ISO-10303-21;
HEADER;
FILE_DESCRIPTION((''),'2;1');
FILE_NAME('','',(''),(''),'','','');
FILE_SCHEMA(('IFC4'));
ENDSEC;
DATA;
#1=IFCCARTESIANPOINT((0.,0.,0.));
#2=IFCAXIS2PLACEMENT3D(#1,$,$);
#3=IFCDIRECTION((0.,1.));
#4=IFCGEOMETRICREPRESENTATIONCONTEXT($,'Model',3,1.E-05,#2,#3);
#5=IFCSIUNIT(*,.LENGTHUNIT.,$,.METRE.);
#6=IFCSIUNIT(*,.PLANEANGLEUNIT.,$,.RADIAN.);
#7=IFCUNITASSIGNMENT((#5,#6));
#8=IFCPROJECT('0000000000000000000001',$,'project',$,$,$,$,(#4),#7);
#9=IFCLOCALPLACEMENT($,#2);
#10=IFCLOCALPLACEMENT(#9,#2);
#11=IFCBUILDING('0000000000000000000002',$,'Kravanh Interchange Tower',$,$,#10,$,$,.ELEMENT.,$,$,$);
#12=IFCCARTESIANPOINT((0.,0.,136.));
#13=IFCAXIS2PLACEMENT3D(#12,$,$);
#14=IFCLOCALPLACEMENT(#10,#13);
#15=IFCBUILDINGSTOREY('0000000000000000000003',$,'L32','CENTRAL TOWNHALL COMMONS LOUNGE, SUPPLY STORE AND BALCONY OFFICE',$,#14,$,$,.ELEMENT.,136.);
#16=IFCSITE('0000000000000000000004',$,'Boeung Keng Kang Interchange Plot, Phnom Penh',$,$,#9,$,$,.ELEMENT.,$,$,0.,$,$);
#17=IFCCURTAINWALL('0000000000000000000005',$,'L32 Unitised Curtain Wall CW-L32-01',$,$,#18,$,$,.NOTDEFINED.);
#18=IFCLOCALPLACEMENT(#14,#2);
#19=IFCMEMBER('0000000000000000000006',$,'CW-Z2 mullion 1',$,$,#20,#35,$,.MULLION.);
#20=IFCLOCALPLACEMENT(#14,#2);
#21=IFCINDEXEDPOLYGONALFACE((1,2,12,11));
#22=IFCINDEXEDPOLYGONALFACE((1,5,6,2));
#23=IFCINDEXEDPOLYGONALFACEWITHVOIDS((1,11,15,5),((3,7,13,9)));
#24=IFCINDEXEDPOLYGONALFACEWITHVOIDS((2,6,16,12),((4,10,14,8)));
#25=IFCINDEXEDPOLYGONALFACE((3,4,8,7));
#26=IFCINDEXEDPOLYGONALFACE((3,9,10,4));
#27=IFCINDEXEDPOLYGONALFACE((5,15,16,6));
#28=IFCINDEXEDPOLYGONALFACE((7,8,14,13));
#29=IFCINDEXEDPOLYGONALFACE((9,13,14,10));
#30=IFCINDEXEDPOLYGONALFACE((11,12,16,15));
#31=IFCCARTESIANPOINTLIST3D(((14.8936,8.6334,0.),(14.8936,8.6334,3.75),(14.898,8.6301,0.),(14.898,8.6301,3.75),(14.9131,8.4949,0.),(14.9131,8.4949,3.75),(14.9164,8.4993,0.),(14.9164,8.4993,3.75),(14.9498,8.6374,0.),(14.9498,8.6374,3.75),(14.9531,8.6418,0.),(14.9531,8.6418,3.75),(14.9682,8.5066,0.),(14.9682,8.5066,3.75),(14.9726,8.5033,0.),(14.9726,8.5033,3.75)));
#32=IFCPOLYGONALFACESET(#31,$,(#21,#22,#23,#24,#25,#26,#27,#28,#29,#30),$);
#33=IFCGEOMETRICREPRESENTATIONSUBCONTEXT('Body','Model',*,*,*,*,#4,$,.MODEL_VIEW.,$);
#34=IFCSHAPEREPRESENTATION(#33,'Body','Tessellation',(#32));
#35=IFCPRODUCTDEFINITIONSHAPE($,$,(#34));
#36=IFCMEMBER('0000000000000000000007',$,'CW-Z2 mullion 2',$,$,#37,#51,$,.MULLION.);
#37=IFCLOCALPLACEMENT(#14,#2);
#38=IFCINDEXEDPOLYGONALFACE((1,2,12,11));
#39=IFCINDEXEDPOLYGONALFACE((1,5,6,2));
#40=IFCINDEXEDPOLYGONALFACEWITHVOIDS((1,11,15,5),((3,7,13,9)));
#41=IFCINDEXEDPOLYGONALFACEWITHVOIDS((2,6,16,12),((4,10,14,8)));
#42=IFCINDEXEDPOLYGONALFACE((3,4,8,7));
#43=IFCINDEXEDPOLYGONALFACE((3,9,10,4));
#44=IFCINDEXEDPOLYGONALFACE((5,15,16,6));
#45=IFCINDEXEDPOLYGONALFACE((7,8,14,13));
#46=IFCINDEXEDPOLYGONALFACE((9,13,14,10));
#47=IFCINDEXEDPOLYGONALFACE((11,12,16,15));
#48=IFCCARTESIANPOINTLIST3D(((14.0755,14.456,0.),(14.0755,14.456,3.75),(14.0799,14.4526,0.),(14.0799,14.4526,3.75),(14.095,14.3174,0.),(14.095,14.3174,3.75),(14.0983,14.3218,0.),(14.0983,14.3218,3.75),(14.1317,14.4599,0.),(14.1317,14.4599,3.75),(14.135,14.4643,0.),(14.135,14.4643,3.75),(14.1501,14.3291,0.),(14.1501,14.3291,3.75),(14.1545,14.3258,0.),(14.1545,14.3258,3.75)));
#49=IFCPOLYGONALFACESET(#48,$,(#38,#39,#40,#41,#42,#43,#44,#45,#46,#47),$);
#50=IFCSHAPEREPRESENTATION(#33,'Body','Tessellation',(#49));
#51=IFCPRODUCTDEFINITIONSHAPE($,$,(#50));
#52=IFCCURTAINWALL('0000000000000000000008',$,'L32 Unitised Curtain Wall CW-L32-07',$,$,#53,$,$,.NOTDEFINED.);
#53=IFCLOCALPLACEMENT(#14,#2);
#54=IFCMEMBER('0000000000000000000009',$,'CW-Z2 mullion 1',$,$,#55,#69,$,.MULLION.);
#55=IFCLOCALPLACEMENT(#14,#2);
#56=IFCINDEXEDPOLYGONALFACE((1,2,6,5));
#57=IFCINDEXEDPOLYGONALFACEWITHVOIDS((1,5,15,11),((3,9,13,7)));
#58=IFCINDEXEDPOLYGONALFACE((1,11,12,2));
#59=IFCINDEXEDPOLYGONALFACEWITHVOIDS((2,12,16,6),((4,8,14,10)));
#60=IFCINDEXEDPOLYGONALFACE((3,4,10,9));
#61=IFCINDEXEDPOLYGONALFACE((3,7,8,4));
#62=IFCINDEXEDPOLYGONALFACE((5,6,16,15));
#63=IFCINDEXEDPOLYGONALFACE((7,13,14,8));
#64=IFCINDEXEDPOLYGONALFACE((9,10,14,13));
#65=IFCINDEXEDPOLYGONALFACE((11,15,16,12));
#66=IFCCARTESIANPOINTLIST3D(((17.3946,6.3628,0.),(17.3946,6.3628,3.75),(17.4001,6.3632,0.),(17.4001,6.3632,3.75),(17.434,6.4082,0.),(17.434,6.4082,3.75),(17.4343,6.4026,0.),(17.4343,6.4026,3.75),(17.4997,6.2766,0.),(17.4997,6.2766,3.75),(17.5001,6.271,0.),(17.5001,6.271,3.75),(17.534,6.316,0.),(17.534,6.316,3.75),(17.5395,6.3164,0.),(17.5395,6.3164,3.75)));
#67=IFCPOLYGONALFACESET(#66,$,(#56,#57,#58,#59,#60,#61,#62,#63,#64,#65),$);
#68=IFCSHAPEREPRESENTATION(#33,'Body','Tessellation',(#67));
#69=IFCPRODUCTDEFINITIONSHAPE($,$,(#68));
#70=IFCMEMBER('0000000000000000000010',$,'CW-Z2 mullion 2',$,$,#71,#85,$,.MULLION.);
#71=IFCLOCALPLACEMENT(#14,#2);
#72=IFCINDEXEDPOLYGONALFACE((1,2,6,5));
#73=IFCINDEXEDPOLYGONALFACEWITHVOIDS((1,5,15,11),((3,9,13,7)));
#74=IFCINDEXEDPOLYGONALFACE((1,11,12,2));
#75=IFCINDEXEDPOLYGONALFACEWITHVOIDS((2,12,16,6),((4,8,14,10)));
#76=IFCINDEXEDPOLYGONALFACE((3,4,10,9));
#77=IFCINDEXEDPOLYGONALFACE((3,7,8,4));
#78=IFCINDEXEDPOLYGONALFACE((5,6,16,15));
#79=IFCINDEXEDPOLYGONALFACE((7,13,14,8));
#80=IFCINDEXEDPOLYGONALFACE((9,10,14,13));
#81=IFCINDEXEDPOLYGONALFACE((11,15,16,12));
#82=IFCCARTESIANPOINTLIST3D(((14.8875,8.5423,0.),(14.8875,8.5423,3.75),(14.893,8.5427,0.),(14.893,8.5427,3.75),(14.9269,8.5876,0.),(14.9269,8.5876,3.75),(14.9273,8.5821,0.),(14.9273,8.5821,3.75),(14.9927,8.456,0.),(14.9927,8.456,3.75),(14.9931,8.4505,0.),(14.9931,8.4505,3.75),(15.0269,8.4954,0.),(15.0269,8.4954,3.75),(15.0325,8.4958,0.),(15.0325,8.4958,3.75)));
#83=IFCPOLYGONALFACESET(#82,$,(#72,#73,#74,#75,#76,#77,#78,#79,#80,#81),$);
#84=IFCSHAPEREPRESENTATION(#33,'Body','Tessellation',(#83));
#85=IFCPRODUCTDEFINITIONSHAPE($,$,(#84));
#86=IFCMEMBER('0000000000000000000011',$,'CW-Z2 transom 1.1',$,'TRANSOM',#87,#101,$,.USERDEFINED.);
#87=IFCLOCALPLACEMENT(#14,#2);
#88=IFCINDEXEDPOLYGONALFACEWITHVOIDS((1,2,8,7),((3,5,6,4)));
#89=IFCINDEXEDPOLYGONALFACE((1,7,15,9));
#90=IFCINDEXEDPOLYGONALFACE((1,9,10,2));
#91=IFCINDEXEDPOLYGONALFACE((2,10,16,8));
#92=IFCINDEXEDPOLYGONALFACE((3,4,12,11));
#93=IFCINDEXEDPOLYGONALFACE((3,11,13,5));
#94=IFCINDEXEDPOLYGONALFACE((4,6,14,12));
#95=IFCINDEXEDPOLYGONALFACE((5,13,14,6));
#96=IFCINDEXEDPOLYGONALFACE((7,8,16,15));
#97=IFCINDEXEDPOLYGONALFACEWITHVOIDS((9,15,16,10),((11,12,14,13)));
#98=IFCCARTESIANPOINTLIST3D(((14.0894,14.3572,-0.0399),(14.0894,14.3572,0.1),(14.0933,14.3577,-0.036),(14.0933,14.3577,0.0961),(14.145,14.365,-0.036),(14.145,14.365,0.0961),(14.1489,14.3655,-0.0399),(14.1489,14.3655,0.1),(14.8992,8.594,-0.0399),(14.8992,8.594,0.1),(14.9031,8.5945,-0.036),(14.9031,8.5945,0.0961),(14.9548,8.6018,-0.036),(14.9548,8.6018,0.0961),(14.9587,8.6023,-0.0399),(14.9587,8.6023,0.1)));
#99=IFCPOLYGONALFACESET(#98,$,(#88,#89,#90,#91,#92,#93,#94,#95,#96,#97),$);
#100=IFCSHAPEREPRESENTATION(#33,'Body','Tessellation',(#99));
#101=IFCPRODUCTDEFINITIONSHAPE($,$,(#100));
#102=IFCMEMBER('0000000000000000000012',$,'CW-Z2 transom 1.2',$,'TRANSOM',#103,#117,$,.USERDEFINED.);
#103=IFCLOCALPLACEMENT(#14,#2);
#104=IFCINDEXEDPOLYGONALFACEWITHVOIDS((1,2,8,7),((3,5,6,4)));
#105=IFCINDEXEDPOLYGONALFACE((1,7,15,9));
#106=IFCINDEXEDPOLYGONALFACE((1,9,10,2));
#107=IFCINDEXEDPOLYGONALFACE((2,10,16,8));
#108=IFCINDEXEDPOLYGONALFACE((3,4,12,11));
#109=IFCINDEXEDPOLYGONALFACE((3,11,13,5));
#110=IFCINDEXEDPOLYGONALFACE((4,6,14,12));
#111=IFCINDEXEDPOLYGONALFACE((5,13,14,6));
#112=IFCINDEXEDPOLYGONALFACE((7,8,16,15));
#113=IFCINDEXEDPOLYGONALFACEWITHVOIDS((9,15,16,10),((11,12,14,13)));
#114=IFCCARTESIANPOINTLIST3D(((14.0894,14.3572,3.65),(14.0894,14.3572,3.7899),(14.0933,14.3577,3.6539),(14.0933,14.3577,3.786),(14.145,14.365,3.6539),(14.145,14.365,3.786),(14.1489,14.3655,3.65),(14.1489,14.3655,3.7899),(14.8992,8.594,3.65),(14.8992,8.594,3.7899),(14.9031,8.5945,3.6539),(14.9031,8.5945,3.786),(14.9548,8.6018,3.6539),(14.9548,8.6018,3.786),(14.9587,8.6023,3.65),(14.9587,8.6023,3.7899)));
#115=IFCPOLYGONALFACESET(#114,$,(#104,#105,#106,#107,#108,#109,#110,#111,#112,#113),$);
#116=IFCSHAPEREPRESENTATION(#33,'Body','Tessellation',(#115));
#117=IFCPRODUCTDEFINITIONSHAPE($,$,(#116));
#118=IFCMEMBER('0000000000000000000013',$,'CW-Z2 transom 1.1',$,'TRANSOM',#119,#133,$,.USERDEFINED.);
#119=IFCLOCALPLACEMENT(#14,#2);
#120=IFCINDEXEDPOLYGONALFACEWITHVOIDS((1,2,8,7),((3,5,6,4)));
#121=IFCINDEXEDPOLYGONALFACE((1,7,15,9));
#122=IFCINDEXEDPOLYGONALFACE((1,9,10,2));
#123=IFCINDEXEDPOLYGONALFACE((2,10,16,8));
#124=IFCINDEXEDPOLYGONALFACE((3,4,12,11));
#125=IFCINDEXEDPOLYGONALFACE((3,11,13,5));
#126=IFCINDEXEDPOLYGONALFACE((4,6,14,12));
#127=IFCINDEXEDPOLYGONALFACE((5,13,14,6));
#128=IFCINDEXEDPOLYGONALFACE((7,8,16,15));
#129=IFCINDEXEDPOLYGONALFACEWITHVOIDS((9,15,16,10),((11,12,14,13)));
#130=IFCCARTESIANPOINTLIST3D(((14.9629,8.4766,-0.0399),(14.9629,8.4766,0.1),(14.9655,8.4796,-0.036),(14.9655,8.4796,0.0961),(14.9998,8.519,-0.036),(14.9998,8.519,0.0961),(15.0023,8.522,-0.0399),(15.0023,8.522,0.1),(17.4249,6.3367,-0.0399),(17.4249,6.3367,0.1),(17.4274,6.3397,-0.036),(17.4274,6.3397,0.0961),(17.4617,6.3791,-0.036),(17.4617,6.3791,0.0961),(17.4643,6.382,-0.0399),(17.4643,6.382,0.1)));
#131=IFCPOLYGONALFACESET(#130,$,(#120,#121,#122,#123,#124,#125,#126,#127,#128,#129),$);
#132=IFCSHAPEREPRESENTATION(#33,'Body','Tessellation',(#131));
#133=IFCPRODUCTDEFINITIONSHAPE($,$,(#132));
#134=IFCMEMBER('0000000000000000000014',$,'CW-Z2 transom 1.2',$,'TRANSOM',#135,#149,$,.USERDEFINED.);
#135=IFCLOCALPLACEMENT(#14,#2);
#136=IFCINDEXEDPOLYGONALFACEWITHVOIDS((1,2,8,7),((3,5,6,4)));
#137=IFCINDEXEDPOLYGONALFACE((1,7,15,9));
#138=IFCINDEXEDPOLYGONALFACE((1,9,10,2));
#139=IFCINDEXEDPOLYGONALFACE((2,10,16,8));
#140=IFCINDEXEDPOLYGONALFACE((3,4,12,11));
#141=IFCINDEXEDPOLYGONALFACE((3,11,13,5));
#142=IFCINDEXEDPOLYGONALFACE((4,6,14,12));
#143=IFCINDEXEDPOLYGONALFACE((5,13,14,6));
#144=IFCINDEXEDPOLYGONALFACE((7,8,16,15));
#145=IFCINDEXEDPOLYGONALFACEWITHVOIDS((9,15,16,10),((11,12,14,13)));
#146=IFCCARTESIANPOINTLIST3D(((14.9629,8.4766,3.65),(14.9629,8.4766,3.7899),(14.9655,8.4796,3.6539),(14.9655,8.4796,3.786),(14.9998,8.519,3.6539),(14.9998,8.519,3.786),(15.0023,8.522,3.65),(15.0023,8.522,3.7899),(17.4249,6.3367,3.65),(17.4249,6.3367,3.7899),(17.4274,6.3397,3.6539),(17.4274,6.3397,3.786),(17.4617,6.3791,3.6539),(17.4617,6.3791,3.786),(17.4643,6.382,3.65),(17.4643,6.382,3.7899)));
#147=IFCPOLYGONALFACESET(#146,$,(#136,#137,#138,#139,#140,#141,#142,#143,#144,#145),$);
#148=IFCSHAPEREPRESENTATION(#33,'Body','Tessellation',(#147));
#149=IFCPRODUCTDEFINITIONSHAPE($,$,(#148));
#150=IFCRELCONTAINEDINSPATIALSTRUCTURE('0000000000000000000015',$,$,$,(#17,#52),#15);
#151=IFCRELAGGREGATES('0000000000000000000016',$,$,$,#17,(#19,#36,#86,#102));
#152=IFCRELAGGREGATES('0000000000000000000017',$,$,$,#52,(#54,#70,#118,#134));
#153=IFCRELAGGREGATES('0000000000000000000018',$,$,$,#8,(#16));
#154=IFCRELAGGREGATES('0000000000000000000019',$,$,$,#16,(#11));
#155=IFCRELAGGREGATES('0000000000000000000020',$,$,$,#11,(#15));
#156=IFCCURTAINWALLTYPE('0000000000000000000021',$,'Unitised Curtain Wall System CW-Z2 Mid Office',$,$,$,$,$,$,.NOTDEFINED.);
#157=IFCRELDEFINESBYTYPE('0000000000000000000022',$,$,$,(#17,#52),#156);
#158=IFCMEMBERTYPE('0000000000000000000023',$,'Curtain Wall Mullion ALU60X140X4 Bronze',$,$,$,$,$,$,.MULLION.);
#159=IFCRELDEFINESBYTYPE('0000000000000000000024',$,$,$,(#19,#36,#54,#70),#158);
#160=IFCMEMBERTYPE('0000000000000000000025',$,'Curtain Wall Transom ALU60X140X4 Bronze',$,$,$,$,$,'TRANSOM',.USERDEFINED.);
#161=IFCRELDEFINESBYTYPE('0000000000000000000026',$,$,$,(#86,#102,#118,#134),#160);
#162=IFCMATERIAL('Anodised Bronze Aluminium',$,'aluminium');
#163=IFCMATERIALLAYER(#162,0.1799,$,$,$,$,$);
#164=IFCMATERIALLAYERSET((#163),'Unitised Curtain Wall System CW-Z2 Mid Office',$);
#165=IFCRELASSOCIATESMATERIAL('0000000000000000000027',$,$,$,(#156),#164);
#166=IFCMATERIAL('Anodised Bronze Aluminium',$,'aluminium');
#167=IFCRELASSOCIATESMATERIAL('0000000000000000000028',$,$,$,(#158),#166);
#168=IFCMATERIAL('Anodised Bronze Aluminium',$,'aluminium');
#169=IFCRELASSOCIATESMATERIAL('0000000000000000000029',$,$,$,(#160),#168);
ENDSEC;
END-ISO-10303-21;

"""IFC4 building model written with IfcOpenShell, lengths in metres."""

from ifc_helpers import new_model, si_unit, direction, frame, origin, origin_2d, place, context, subcontext, project, spatial, hollow_rectangle, extrude, material, layer, layer_set, material_profile, profile_set, type_object, element, aggregate, save


model = new_model("IFC4")

# Units and contexts
model_context = context("Model", 3, precision=1e-05, world=origin(), true_north=direction((0.0, 1.0)))
body_context = subcontext(model_context, "Body", "Model", "MODEL_VIEW")
ifc_project = project(units=[si_unit("LENGTHUNIT", "METRE"), si_unit("PLANEANGLEUNIT", "RADIAN")], contexts=[model_context])

# Site, building, storey
site_placement = place(None, origin())
site = spatial("IfcSite", under=ifc_project, at=site_placement, Name="Boeung Keng Kang Interchange Plot, Phnom Penh", CompositionType="ELEMENT", RefElevation=0.0)
building_placement = place(site_placement, origin())
building = spatial("IfcBuilding", under=site, at=building_placement, Name="Kravanh Interchange Tower", CompositionType="ELEMENT")
storey_placement = place(building_placement, frame((0.0, 0.0, 136.0)))
storey = spatial("IfcBuildingStorey", under=building, at=storey_placement, Name="L32", Description="CENTRAL TOWNHALL COMMONS LOUNGE, SUPPLY STORE AND BALCONY OFFICE", CompositionType="ELEMENT", Elevation=136.0)

# Curtain walls, members
ifc_material_1 = material(Name="Anodised Bronze Aluminium", Category="aluminium")
ifc_layer_1 = layer(ifc_material_1, 0.1799)
ifc_layer_set_1 = layer_set([ifc_layer_1], Name="Unitised Curtain Wall System CW-Z2 Mid Office")
curtain_wall_type = type_object("IfcCurtainWallType", Name="Unitised Curtain Wall System CW-Z2 Mid Office", PredefinedType="NOTDEFINED", material=ifc_layer_set_1)
curtain_wall_1_placement = place(storey_placement, origin())
curtain_wall_1 = element("IfcCurtainWall", 1, at=curtain_wall_1_placement, inside=storey, type_object=curtain_wall_type, Name="L32 Unitised Curtain Wall CW-L32-01", PredefinedType="NOTDEFINED")
ifc_material_2 = material(Name="Anodised Bronze Aluminium", Category="aluminium")
ifc_material_profile_1 = material_profile(ifc_material_2, hollow_rectangle(XDim=0.0601, YDim=0.1399, WallThickness=0.0039, at=origin_2d()), Name="ALU60X140X4")
ifc_profile_set_1 = profile_set([ifc_material_profile_1], Name="Anodised Bronze Aluminium")
member_type_1 = type_object("IfcMemberType", Name="Curtain Wall Mullion ALU60X140X4 Bronze", PredefinedType="MULLION", material=ifc_profile_set_1)
member_1_placement = place(storey_placement, frame((14.9331, 8.5684, 0.0), z_axis=(0.0, 0.0, 1.0), x_axis=(-0.990268, -0.139173, 0.0)))
member_1 = element("IfcMember", 2, at=member_1_placement, type_object=member_type_1, Name="CW-Z2 mullion 1", PredefinedType="MULLION", context=body_context, shape_type="SweptSolid", body=[
    extrude(hollow_rectangle(XDim=0.0601, YDim=0.1399, WallThickness=0.0039, at=origin_2d()), origin(), (0.0, 0.0, 1.0), 3.75),
])
member_2_placement = place(storey_placement, frame((14.115, 14.3909, 0.0), z_axis=(0.0, 0.0, 1.0), x_axis=(-0.990268, -0.139173, 0.0)))
member_2 = element("IfcMember", 3, at=member_2_placement, type_object=member_type_1, Name="CW-Z2 mullion 2", PredefinedType="MULLION", context=body_context, shape_type="SweptSolid", body=[
    extrude(hollow_rectangle(XDim=0.0601, YDim=0.1399, WallThickness=0.0039, at=origin_2d()), origin(), (0.0, 0.0, 1.0), 3.75),
])
curtain_wall_2_placement = place(storey_placement, origin())
curtain_wall_2 = element("IfcCurtainWall", 4, at=curtain_wall_2_placement, inside=storey, type_object=curtain_wall_type, Name="L32 Unitised Curtain Wall CW-L32-07", PredefinedType="NOTDEFINED")
member_3_placement = place(storey_placement, frame((17.467, 6.3396, 0.0), z_axis=(0.0, 0.0, 1.0), x_axis=(-0.656048, -0.754719, 0.0)))
member_3 = element("IfcMember", 5, at=member_3_placement, type_object=member_type_1, Name="CW-Z2 mullion 1", PredefinedType="MULLION", context=body_context, shape_type="SweptSolid", body=[
    extrude(hollow_rectangle(XDim=0.0601, YDim=0.1399, WallThickness=0.0039, at=origin_2d()), origin(), (0.0, 0.0, 1.0), 3.75),
])
member_4_placement = place(storey_placement, frame((14.96, 8.519, 0.0), z_axis=(0.0, 0.0, 1.0), x_axis=(-0.656048, -0.754719, 0.0)))
member_4 = element("IfcMember", 6, at=member_4_placement, type_object=member_type_1, Name="CW-Z2 mullion 2", PredefinedType="MULLION", context=body_context, shape_type="SweptSolid", body=[
    extrude(hollow_rectangle(XDim=0.0601, YDim=0.1399, WallThickness=0.0039, at=origin_2d()), origin(), (0.0, 0.0, 1.0), 3.75),
])

# Members
ifc_material_3 = material(Name="Anodised Bronze Aluminium", Category="aluminium")
ifc_material_profile_2 = material_profile(ifc_material_3, hollow_rectangle(XDim=0.0601, YDim=0.1399, WallThickness=0.0039, at=origin_2d()), Name="ALU60X140X4")
ifc_profile_set_2 = profile_set([ifc_material_profile_2], Name="Anodised Bronze Aluminium")
member_type_2 = type_object("IfcMemberType", Name="Curtain Wall Transom ALU60X140X4 Bronze", ElementType="TRANSOM", PredefinedType="USERDEFINED", material=ifc_profile_set_2)
member_5_placement = place(storey_placement, frame((14.929, 8.5981, 0.03), z_axis=(-0.139148, 0.990272, 0.0), x_axis=(-0.990272, -0.139148, 0.0)))
member_5 = element("IfcMember", 7, at=member_5_placement, type_object=member_type_2, Name="CW-Z2 transom 1.1", ObjectType="TRANSOM", PredefinedType="USERDEFINED", context=body_context, shape_type="SweptSolid", body=[
    extrude(hollow_rectangle(XDim=0.0601, YDim=0.1399, WallThickness=0.0039, at=origin_2d()), origin(), (0.0, 0.0, 1.0), 5.8198),
])
member_6_placement = place(storey_placement, frame((14.929, 8.5981, 3.72), z_axis=(-0.139148, 0.990272, 0.0), x_axis=(-0.990272, -0.139148, 0.0)))
member_6 = element("IfcMember", 8, at=member_6_placement, type_object=member_type_2, Name="CW-Z2 transom 1.2", ObjectType="TRANSOM", PredefinedType="USERDEFINED", context=body_context, shape_type="SweptSolid", body=[
    extrude(hollow_rectangle(XDim=0.0601, YDim=0.1399, WallThickness=0.0039, at=origin_2d()), origin(), (0.0, 0.0, 1.0), 5.8198),
])
member_7_placement = place(storey_placement, frame((17.4446, 6.3594, 0.03), z_axis=(-0.754742, 0.656021, 0.0), x_axis=(-0.656021, -0.754742, 0.0)))
member_7 = element("IfcMember", 9, at=member_7_placement, type_object=member_type_2, Name="CW-Z2 transom 1.1", ObjectType="TRANSOM", PredefinedType="USERDEFINED", context=body_context, shape_type="SweptSolid", body=[
    extrude(hollow_rectangle(XDim=0.0601, YDim=0.1399, WallThickness=0.0039, at=origin_2d()), origin(), (0.0, 0.0, 1.0), 3.262),
])
member_8_placement = place(storey_placement, frame((17.4446, 6.3594, 3.72), z_axis=(-0.754742, 0.656021, 0.0), x_axis=(-0.656021, -0.754742, 0.0)))
member_8 = element("IfcMember", 10, at=member_8_placement, type_object=member_type_2, Name="CW-Z2 transom 1.2", ObjectType="TRANSOM", PredefinedType="USERDEFINED", context=body_context, shape_type="SweptSolid", body=[
    extrude(hollow_rectangle(XDim=0.0601, YDim=0.1399, WallThickness=0.0039, at=origin_2d()), origin(), (0.0, 0.0, 1.0), 3.262),
])

aggregate(curtain_wall_1, [member_1, member_2, member_5, member_6])
aggregate(curtain_wall_2, [member_3, member_4, member_7, member_8])

save(model, "model.ifc")
